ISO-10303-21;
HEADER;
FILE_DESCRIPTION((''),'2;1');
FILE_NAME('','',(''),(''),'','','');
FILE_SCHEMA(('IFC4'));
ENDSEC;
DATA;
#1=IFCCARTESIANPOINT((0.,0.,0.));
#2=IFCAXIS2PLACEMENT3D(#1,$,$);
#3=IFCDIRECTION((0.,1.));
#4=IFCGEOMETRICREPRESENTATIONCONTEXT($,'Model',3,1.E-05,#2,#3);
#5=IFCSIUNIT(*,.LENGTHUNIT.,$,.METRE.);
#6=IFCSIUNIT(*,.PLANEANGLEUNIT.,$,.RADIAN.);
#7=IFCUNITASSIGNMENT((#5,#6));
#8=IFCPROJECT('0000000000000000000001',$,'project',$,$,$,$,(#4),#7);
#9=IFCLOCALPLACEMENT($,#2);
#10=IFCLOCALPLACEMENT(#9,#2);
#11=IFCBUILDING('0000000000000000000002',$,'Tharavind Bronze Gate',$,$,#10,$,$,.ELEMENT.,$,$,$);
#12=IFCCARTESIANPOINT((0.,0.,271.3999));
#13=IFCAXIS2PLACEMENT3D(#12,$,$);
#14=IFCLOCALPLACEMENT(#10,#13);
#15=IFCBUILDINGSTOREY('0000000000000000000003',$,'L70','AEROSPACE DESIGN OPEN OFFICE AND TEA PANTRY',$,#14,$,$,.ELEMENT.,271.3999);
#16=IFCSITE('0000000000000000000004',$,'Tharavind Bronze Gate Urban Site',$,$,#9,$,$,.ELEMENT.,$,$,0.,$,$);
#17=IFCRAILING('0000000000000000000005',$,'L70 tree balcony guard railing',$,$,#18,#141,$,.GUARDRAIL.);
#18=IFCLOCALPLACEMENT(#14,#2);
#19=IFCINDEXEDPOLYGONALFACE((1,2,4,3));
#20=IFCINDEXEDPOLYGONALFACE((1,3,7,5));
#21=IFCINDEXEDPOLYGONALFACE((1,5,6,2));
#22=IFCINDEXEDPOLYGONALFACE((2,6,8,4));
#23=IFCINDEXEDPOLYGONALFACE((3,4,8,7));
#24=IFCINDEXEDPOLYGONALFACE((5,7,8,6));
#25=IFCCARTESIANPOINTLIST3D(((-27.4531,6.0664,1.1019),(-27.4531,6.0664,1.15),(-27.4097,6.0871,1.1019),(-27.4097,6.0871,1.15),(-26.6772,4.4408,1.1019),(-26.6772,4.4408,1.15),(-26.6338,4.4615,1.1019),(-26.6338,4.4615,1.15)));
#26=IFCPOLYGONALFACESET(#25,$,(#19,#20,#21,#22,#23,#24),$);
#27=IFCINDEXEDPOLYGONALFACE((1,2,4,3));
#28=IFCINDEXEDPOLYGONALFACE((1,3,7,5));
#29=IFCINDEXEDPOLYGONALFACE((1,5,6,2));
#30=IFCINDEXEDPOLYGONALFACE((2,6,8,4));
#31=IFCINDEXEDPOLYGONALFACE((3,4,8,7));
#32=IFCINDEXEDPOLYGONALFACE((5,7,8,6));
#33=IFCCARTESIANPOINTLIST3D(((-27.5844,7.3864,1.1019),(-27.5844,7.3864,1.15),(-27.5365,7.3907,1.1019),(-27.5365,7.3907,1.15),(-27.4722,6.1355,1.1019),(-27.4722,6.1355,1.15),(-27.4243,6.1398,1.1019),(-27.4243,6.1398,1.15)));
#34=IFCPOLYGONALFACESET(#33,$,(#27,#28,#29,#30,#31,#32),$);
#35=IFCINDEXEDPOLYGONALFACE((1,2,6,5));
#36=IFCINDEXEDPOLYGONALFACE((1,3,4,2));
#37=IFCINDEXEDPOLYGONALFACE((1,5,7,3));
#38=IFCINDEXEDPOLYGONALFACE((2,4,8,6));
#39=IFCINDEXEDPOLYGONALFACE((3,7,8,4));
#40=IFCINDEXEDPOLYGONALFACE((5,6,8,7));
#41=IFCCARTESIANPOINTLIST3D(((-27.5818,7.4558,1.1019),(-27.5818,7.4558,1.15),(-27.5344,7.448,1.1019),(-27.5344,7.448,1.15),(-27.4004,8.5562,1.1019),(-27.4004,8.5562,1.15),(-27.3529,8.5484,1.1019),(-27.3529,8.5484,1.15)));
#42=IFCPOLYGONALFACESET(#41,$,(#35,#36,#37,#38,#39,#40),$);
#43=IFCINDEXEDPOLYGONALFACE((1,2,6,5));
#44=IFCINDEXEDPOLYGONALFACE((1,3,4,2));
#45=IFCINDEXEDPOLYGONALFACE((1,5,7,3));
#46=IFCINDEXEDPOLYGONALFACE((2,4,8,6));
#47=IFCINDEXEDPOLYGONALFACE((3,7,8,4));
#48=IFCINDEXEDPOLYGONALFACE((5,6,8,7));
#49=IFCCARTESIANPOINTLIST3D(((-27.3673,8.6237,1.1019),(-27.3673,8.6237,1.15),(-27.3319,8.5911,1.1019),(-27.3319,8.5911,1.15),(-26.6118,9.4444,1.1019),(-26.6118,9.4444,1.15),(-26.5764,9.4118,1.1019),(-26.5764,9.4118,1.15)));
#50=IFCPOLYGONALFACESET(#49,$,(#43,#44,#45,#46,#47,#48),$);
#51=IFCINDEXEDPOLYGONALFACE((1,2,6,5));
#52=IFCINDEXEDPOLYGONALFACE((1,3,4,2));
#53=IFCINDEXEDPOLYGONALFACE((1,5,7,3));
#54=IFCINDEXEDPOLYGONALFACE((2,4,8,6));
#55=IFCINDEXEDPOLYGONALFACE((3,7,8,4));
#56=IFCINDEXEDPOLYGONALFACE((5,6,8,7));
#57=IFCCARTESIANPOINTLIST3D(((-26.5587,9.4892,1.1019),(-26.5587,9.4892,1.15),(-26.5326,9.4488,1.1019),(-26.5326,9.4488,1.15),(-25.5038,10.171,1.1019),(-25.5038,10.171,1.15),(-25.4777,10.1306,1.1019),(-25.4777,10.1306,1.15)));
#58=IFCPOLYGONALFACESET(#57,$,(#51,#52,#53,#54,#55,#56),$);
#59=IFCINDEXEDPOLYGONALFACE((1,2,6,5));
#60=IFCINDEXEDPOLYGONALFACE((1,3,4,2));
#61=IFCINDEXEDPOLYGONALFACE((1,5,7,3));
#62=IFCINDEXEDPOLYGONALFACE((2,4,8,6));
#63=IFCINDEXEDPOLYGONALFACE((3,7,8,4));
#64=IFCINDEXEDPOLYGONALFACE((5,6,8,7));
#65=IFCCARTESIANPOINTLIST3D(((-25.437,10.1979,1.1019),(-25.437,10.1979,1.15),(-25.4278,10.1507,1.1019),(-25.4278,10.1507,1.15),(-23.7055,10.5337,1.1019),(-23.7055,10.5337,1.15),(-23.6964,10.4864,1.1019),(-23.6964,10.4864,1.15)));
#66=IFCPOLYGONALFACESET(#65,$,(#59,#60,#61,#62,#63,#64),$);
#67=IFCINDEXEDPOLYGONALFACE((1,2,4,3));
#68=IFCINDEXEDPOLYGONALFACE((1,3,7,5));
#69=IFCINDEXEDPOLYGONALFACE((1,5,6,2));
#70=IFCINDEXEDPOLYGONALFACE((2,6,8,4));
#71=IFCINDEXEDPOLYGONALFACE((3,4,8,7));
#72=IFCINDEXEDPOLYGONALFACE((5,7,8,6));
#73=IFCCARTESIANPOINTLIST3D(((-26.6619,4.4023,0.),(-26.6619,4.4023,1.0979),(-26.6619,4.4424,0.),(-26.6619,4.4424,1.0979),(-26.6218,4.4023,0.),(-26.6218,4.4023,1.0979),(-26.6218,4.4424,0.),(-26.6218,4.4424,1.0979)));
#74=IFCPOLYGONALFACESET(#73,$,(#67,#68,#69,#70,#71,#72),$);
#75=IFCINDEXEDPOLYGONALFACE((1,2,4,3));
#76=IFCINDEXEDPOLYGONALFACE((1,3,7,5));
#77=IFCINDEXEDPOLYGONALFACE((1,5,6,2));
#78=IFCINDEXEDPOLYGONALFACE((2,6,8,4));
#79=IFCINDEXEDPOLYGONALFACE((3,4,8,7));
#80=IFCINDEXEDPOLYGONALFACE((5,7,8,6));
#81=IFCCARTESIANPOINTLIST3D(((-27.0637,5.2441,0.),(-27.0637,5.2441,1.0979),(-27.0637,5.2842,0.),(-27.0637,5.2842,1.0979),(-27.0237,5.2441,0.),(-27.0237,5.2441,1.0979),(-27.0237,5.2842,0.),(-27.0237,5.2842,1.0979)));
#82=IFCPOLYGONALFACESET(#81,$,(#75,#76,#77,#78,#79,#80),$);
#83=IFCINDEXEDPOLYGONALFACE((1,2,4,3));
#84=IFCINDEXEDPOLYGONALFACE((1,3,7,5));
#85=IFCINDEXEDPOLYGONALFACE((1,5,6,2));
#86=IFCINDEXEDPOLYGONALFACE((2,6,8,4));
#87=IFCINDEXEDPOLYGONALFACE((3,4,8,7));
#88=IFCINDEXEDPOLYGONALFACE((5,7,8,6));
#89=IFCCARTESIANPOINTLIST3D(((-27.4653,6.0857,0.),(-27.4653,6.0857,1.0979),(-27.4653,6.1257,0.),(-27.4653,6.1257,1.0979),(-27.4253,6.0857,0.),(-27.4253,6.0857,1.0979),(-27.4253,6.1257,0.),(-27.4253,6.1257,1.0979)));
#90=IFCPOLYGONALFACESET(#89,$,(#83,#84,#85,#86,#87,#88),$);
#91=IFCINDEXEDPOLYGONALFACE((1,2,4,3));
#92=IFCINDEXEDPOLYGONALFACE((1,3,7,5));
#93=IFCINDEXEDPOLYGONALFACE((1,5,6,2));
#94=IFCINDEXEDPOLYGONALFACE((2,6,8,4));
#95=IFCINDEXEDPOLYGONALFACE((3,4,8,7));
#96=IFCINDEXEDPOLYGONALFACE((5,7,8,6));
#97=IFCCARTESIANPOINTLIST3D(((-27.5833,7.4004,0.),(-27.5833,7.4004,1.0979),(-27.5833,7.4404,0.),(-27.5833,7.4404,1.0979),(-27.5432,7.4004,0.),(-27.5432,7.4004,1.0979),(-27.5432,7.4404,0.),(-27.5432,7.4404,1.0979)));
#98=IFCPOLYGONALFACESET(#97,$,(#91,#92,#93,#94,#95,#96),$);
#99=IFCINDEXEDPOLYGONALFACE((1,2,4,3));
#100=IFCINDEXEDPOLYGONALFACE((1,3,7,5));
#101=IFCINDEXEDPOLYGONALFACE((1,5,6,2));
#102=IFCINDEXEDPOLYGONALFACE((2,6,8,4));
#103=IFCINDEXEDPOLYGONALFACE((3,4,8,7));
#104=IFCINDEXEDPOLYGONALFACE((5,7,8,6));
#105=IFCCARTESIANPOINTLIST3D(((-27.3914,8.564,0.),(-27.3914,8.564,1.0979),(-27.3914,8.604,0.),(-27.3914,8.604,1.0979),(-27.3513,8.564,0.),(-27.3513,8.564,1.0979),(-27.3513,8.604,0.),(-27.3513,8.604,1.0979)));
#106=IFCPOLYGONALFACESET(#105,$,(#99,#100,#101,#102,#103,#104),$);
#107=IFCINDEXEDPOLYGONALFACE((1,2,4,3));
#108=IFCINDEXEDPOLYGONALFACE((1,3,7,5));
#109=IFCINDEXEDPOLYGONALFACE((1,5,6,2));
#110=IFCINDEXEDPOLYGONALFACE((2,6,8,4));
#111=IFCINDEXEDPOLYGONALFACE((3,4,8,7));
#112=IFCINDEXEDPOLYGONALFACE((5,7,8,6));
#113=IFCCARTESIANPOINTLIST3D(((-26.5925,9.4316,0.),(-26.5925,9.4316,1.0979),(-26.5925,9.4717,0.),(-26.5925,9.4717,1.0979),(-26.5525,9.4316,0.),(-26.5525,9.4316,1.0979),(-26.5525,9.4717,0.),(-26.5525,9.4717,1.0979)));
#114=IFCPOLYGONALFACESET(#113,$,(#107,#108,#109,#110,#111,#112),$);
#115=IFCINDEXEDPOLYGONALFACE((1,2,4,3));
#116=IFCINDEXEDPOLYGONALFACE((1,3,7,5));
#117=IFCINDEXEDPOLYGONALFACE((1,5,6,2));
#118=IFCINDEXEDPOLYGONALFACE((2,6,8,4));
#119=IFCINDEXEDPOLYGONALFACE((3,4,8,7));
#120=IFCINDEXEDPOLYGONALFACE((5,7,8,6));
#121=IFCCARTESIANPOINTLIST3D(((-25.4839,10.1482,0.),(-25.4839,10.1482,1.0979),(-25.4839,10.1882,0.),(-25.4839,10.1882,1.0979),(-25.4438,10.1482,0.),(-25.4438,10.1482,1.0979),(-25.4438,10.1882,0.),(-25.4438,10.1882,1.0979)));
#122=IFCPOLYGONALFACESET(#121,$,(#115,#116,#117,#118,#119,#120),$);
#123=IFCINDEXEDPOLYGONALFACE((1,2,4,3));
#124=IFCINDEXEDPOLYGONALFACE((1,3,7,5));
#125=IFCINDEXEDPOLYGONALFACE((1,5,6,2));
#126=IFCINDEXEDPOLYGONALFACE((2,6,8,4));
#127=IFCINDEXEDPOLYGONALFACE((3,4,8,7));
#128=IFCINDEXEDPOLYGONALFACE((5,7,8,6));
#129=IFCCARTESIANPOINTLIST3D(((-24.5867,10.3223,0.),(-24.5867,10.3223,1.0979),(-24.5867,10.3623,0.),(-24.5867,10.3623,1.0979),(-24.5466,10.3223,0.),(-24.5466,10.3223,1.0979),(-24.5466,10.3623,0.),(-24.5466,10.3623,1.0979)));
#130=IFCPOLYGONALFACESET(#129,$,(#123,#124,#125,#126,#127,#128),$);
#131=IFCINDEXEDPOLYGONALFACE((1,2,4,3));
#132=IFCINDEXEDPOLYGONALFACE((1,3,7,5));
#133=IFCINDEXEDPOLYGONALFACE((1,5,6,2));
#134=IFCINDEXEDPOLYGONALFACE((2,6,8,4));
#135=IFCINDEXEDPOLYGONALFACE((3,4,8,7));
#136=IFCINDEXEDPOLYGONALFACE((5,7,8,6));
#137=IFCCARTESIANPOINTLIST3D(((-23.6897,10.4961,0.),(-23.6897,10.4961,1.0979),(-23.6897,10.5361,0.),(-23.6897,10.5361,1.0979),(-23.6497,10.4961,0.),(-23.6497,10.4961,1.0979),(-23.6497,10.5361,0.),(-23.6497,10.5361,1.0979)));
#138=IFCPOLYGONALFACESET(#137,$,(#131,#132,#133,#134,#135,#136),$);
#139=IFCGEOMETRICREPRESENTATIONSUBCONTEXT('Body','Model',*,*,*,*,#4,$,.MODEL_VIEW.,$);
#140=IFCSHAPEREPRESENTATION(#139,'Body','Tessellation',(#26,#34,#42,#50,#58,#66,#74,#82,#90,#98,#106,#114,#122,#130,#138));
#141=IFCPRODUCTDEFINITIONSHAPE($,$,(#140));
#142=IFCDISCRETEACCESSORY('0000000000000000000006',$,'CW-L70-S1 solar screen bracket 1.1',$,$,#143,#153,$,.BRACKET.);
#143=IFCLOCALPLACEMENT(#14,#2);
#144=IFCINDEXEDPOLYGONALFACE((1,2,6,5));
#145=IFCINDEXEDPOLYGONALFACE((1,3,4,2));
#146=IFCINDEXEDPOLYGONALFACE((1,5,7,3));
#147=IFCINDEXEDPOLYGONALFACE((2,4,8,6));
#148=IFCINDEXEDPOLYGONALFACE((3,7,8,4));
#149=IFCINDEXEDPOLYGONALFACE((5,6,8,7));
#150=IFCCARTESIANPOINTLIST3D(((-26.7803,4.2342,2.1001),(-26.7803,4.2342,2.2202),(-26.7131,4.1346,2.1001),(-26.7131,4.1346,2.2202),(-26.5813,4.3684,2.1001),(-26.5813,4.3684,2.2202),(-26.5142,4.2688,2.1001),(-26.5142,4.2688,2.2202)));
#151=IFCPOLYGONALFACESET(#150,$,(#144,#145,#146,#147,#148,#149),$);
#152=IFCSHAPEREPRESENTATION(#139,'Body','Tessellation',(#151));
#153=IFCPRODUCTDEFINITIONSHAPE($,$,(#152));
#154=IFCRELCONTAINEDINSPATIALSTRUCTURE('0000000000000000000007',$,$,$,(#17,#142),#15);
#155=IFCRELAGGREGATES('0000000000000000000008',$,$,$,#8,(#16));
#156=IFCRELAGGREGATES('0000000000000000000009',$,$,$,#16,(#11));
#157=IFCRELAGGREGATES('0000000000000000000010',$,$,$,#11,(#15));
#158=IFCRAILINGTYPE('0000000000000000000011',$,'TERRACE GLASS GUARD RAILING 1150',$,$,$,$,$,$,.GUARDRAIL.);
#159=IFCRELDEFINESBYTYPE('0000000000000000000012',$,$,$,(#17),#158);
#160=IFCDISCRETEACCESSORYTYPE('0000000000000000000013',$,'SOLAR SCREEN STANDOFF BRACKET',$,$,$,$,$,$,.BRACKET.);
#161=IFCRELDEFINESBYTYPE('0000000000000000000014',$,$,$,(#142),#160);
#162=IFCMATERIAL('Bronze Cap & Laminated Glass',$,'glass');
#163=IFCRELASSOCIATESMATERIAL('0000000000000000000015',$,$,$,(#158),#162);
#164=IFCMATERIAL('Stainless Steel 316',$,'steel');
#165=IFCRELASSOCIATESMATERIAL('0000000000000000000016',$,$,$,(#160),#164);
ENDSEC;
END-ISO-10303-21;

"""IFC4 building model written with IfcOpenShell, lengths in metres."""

from ifc_helpers import new_model, si_unit, direction, frame, origin, origin_2d, place, context, subcontext, project, spatial, rectangle, extrude, material, type_object, element, save


model = new_model("IFC4")

# Units and contexts
model_context = context("Model", 3, precision=1e-05, world=origin(), true_north=direction((0.0, 1.0)))
body_context = subcontext(model_context, "Body", "Model", "MODEL_VIEW")
ifc_project = project(units=[si_unit("LENGTHUNIT", "METRE"), si_unit("PLANEANGLEUNIT", "RADIAN")], contexts=[model_context])

# Site, building, storey
site_placement = place(None, origin())
site = spatial("IfcSite", under=ifc_project, at=site_placement, Name="Tharavind Bronze Gate Urban Site", CompositionType="ELEMENT", RefElevation=0.0)
building_placement = place(site_placement, origin())
building = spatial("IfcBuilding", under=site, at=building_placement, Name="Tharavind Bronze Gate", CompositionType="ELEMENT")
storey_placement = place(building_placement, frame((0.0, 0.0, 271.3999)))
storey = spatial("IfcBuildingStorey", under=building, at=storey_placement, Name="L70", Description="AEROSPACE DESIGN OPEN OFFICE AND TEA PANTRY", CompositionType="ELEMENT", Elevation=271.3999)

# Railing
ifc_material_1 = material(Name="Bronze Cap & Laminated Glass", Category="glass")
railing_type = type_object("IfcRailingType", Name="TERRACE GLASS GUARD RAILING 1150", PredefinedType="GUARDRAIL", material=ifc_material_1)
railing_placement = place(storey_placement, frame((-26.6418, 4.4224, 0.0)))
element("IfcRailing", 1, at=railing_placement, inside=storey, type_object=railing_type, Name="L70 tree balcony guard railing", PredefinedType="GUARDRAIL", context=body_context, shape_type="SweptSolid", body=[
    extrude(rectangle(XDim=0.0481, YDim=0.0481, at=origin_2d()), frame((-0.0137, 0.0288, 1.126), z_axis=(-0.430751, 0.902471, 0.0), x_axis=(-0.902471, -0.430751, 0.0)), (0.0, 0.0, 1.0), 1.8013),
    extrude(rectangle(XDim=0.0481, YDim=0.0481, at=origin_2d()), frame((-0.8064, 1.7153, 1.126), z_axis=(-0.089335, 0.996002, 0.0), x_axis=(-0.996002, -0.089335, 0.0)), (0.0, 0.0, 1.0), 1.2559),
    extrude(rectangle(XDim=0.0481, YDim=0.0481, at=origin_2d()), frame((-0.9163, 3.0295, 1.126), z_axis=(0.16272, 0.986672, 0.0), x_axis=(-0.986672, 0.16272, 0.0)), (0.0, 0.0, 1.0), 1.1152),
    extrude(rectangle(XDim=0.0481, YDim=0.0481, at=origin_2d()), frame((-0.7078, 4.1851, 1.126), z_axis=(0.677317, 0.735692, 0.0), x_axis=(-0.735692, 0.677317, 0.0)), (0.0, 0.0, 1.0), 1.1155),
    extrude(rectangle(XDim=0.0481, YDim=0.0481, at=origin_2d()), frame((0.0962, 5.0466, 1.126), z_axis=(0.839848, 0.542822, 0.0), x_axis=(-0.542822, 0.839848, 0.0)), (0.0, 0.0, 1.0), 1.2561),
    extrude(rectangle(XDim=0.0481, YDim=0.0481, at=origin_2d()), frame((1.2095, 5.752, 1.126), z_axis=(0.981715, 0.190358, 0.0), x_axis=(-0.190358, 0.981715, 0.0)), (0.0, 0.0, 1.0), 1.7637),
    extrude(rectangle(XDim=0.04, YDim=0.04, at=origin_2d()), origin(), (0.0, 0.0, 1.0), 1.0979),
    extrude(rectangle(XDim=0.04, YDim=0.04, at=origin_2d()), frame((-0.4019, 0.8418, 0.0)), (0.0, 0.0, 1.0), 1.0979),
    extrude(rectangle(XDim=0.04, YDim=0.04, at=origin_2d()), frame((-0.8035, 1.6833, 0.0)), (0.0, 0.0, 1.0), 1.0979),
    extrude(rectangle(XDim=0.04, YDim=0.04, at=origin_2d()), frame((-0.9214, 2.998, 0.0)), (0.0, 0.0, 1.0), 1.0979),
    extrude(rectangle(XDim=0.04, YDim=0.04, at=origin_2d()), frame((-0.7295, 4.1616, 0.0)), (0.0, 0.0, 1.0), 1.0979),
    extrude(rectangle(XDim=0.04, YDim=0.04, at=origin_2d()), frame((0.0693, 5.0293, 0.0)), (0.0, 0.0, 1.0), 1.0979),
    extrude(rectangle(XDim=0.04, YDim=0.04, at=origin_2d()), frame((1.178, 5.7458, 0.0)), (0.0, 0.0, 1.0), 1.0979),
    extrude(rectangle(XDim=0.04, YDim=0.04, at=origin_2d()), frame((2.0752, 5.9199, 0.0)), (0.0, 0.0, 1.0), 1.0979),
    extrude(rectangle(XDim=0.04, YDim=0.04, at=origin_2d()), frame((2.9722, 6.0938, 0.0)), (0.0, 0.0, 1.0), 1.0979),
])

# Discrete accessory
ifc_material_2 = material(Name="Stainless Steel 316", Category="steel")
discrete_accessory_type = type_object("IfcDiscreteAccessoryType", Name="SOLAR SCREEN STANDOFF BRACKET", PredefinedType="BRACKET", material=ifc_material_2)
discrete_accessory_placement = place(storey_placement, frame((-26.6472, 4.2515, 2.1001), z_axis=(0.0, 0.0, 1.0), x_axis=(0.559191, -0.829039, 0.0)))
element("IfcDiscreteAccessory", 2, at=discrete_accessory_placement, inside=storey, type_object=discrete_accessory_type, Name="CW-L70-S1 solar screen bracket 1.1", PredefinedType="BRACKET", context=body_context, shape_type="SweptSolid", body=[
    extrude(rectangle(XDim=0.1201, YDim=0.24, at=origin_2d()), origin(), (0.0, 0.0, 1.0), 0.1201),
])

save(model, "model.ifc")
